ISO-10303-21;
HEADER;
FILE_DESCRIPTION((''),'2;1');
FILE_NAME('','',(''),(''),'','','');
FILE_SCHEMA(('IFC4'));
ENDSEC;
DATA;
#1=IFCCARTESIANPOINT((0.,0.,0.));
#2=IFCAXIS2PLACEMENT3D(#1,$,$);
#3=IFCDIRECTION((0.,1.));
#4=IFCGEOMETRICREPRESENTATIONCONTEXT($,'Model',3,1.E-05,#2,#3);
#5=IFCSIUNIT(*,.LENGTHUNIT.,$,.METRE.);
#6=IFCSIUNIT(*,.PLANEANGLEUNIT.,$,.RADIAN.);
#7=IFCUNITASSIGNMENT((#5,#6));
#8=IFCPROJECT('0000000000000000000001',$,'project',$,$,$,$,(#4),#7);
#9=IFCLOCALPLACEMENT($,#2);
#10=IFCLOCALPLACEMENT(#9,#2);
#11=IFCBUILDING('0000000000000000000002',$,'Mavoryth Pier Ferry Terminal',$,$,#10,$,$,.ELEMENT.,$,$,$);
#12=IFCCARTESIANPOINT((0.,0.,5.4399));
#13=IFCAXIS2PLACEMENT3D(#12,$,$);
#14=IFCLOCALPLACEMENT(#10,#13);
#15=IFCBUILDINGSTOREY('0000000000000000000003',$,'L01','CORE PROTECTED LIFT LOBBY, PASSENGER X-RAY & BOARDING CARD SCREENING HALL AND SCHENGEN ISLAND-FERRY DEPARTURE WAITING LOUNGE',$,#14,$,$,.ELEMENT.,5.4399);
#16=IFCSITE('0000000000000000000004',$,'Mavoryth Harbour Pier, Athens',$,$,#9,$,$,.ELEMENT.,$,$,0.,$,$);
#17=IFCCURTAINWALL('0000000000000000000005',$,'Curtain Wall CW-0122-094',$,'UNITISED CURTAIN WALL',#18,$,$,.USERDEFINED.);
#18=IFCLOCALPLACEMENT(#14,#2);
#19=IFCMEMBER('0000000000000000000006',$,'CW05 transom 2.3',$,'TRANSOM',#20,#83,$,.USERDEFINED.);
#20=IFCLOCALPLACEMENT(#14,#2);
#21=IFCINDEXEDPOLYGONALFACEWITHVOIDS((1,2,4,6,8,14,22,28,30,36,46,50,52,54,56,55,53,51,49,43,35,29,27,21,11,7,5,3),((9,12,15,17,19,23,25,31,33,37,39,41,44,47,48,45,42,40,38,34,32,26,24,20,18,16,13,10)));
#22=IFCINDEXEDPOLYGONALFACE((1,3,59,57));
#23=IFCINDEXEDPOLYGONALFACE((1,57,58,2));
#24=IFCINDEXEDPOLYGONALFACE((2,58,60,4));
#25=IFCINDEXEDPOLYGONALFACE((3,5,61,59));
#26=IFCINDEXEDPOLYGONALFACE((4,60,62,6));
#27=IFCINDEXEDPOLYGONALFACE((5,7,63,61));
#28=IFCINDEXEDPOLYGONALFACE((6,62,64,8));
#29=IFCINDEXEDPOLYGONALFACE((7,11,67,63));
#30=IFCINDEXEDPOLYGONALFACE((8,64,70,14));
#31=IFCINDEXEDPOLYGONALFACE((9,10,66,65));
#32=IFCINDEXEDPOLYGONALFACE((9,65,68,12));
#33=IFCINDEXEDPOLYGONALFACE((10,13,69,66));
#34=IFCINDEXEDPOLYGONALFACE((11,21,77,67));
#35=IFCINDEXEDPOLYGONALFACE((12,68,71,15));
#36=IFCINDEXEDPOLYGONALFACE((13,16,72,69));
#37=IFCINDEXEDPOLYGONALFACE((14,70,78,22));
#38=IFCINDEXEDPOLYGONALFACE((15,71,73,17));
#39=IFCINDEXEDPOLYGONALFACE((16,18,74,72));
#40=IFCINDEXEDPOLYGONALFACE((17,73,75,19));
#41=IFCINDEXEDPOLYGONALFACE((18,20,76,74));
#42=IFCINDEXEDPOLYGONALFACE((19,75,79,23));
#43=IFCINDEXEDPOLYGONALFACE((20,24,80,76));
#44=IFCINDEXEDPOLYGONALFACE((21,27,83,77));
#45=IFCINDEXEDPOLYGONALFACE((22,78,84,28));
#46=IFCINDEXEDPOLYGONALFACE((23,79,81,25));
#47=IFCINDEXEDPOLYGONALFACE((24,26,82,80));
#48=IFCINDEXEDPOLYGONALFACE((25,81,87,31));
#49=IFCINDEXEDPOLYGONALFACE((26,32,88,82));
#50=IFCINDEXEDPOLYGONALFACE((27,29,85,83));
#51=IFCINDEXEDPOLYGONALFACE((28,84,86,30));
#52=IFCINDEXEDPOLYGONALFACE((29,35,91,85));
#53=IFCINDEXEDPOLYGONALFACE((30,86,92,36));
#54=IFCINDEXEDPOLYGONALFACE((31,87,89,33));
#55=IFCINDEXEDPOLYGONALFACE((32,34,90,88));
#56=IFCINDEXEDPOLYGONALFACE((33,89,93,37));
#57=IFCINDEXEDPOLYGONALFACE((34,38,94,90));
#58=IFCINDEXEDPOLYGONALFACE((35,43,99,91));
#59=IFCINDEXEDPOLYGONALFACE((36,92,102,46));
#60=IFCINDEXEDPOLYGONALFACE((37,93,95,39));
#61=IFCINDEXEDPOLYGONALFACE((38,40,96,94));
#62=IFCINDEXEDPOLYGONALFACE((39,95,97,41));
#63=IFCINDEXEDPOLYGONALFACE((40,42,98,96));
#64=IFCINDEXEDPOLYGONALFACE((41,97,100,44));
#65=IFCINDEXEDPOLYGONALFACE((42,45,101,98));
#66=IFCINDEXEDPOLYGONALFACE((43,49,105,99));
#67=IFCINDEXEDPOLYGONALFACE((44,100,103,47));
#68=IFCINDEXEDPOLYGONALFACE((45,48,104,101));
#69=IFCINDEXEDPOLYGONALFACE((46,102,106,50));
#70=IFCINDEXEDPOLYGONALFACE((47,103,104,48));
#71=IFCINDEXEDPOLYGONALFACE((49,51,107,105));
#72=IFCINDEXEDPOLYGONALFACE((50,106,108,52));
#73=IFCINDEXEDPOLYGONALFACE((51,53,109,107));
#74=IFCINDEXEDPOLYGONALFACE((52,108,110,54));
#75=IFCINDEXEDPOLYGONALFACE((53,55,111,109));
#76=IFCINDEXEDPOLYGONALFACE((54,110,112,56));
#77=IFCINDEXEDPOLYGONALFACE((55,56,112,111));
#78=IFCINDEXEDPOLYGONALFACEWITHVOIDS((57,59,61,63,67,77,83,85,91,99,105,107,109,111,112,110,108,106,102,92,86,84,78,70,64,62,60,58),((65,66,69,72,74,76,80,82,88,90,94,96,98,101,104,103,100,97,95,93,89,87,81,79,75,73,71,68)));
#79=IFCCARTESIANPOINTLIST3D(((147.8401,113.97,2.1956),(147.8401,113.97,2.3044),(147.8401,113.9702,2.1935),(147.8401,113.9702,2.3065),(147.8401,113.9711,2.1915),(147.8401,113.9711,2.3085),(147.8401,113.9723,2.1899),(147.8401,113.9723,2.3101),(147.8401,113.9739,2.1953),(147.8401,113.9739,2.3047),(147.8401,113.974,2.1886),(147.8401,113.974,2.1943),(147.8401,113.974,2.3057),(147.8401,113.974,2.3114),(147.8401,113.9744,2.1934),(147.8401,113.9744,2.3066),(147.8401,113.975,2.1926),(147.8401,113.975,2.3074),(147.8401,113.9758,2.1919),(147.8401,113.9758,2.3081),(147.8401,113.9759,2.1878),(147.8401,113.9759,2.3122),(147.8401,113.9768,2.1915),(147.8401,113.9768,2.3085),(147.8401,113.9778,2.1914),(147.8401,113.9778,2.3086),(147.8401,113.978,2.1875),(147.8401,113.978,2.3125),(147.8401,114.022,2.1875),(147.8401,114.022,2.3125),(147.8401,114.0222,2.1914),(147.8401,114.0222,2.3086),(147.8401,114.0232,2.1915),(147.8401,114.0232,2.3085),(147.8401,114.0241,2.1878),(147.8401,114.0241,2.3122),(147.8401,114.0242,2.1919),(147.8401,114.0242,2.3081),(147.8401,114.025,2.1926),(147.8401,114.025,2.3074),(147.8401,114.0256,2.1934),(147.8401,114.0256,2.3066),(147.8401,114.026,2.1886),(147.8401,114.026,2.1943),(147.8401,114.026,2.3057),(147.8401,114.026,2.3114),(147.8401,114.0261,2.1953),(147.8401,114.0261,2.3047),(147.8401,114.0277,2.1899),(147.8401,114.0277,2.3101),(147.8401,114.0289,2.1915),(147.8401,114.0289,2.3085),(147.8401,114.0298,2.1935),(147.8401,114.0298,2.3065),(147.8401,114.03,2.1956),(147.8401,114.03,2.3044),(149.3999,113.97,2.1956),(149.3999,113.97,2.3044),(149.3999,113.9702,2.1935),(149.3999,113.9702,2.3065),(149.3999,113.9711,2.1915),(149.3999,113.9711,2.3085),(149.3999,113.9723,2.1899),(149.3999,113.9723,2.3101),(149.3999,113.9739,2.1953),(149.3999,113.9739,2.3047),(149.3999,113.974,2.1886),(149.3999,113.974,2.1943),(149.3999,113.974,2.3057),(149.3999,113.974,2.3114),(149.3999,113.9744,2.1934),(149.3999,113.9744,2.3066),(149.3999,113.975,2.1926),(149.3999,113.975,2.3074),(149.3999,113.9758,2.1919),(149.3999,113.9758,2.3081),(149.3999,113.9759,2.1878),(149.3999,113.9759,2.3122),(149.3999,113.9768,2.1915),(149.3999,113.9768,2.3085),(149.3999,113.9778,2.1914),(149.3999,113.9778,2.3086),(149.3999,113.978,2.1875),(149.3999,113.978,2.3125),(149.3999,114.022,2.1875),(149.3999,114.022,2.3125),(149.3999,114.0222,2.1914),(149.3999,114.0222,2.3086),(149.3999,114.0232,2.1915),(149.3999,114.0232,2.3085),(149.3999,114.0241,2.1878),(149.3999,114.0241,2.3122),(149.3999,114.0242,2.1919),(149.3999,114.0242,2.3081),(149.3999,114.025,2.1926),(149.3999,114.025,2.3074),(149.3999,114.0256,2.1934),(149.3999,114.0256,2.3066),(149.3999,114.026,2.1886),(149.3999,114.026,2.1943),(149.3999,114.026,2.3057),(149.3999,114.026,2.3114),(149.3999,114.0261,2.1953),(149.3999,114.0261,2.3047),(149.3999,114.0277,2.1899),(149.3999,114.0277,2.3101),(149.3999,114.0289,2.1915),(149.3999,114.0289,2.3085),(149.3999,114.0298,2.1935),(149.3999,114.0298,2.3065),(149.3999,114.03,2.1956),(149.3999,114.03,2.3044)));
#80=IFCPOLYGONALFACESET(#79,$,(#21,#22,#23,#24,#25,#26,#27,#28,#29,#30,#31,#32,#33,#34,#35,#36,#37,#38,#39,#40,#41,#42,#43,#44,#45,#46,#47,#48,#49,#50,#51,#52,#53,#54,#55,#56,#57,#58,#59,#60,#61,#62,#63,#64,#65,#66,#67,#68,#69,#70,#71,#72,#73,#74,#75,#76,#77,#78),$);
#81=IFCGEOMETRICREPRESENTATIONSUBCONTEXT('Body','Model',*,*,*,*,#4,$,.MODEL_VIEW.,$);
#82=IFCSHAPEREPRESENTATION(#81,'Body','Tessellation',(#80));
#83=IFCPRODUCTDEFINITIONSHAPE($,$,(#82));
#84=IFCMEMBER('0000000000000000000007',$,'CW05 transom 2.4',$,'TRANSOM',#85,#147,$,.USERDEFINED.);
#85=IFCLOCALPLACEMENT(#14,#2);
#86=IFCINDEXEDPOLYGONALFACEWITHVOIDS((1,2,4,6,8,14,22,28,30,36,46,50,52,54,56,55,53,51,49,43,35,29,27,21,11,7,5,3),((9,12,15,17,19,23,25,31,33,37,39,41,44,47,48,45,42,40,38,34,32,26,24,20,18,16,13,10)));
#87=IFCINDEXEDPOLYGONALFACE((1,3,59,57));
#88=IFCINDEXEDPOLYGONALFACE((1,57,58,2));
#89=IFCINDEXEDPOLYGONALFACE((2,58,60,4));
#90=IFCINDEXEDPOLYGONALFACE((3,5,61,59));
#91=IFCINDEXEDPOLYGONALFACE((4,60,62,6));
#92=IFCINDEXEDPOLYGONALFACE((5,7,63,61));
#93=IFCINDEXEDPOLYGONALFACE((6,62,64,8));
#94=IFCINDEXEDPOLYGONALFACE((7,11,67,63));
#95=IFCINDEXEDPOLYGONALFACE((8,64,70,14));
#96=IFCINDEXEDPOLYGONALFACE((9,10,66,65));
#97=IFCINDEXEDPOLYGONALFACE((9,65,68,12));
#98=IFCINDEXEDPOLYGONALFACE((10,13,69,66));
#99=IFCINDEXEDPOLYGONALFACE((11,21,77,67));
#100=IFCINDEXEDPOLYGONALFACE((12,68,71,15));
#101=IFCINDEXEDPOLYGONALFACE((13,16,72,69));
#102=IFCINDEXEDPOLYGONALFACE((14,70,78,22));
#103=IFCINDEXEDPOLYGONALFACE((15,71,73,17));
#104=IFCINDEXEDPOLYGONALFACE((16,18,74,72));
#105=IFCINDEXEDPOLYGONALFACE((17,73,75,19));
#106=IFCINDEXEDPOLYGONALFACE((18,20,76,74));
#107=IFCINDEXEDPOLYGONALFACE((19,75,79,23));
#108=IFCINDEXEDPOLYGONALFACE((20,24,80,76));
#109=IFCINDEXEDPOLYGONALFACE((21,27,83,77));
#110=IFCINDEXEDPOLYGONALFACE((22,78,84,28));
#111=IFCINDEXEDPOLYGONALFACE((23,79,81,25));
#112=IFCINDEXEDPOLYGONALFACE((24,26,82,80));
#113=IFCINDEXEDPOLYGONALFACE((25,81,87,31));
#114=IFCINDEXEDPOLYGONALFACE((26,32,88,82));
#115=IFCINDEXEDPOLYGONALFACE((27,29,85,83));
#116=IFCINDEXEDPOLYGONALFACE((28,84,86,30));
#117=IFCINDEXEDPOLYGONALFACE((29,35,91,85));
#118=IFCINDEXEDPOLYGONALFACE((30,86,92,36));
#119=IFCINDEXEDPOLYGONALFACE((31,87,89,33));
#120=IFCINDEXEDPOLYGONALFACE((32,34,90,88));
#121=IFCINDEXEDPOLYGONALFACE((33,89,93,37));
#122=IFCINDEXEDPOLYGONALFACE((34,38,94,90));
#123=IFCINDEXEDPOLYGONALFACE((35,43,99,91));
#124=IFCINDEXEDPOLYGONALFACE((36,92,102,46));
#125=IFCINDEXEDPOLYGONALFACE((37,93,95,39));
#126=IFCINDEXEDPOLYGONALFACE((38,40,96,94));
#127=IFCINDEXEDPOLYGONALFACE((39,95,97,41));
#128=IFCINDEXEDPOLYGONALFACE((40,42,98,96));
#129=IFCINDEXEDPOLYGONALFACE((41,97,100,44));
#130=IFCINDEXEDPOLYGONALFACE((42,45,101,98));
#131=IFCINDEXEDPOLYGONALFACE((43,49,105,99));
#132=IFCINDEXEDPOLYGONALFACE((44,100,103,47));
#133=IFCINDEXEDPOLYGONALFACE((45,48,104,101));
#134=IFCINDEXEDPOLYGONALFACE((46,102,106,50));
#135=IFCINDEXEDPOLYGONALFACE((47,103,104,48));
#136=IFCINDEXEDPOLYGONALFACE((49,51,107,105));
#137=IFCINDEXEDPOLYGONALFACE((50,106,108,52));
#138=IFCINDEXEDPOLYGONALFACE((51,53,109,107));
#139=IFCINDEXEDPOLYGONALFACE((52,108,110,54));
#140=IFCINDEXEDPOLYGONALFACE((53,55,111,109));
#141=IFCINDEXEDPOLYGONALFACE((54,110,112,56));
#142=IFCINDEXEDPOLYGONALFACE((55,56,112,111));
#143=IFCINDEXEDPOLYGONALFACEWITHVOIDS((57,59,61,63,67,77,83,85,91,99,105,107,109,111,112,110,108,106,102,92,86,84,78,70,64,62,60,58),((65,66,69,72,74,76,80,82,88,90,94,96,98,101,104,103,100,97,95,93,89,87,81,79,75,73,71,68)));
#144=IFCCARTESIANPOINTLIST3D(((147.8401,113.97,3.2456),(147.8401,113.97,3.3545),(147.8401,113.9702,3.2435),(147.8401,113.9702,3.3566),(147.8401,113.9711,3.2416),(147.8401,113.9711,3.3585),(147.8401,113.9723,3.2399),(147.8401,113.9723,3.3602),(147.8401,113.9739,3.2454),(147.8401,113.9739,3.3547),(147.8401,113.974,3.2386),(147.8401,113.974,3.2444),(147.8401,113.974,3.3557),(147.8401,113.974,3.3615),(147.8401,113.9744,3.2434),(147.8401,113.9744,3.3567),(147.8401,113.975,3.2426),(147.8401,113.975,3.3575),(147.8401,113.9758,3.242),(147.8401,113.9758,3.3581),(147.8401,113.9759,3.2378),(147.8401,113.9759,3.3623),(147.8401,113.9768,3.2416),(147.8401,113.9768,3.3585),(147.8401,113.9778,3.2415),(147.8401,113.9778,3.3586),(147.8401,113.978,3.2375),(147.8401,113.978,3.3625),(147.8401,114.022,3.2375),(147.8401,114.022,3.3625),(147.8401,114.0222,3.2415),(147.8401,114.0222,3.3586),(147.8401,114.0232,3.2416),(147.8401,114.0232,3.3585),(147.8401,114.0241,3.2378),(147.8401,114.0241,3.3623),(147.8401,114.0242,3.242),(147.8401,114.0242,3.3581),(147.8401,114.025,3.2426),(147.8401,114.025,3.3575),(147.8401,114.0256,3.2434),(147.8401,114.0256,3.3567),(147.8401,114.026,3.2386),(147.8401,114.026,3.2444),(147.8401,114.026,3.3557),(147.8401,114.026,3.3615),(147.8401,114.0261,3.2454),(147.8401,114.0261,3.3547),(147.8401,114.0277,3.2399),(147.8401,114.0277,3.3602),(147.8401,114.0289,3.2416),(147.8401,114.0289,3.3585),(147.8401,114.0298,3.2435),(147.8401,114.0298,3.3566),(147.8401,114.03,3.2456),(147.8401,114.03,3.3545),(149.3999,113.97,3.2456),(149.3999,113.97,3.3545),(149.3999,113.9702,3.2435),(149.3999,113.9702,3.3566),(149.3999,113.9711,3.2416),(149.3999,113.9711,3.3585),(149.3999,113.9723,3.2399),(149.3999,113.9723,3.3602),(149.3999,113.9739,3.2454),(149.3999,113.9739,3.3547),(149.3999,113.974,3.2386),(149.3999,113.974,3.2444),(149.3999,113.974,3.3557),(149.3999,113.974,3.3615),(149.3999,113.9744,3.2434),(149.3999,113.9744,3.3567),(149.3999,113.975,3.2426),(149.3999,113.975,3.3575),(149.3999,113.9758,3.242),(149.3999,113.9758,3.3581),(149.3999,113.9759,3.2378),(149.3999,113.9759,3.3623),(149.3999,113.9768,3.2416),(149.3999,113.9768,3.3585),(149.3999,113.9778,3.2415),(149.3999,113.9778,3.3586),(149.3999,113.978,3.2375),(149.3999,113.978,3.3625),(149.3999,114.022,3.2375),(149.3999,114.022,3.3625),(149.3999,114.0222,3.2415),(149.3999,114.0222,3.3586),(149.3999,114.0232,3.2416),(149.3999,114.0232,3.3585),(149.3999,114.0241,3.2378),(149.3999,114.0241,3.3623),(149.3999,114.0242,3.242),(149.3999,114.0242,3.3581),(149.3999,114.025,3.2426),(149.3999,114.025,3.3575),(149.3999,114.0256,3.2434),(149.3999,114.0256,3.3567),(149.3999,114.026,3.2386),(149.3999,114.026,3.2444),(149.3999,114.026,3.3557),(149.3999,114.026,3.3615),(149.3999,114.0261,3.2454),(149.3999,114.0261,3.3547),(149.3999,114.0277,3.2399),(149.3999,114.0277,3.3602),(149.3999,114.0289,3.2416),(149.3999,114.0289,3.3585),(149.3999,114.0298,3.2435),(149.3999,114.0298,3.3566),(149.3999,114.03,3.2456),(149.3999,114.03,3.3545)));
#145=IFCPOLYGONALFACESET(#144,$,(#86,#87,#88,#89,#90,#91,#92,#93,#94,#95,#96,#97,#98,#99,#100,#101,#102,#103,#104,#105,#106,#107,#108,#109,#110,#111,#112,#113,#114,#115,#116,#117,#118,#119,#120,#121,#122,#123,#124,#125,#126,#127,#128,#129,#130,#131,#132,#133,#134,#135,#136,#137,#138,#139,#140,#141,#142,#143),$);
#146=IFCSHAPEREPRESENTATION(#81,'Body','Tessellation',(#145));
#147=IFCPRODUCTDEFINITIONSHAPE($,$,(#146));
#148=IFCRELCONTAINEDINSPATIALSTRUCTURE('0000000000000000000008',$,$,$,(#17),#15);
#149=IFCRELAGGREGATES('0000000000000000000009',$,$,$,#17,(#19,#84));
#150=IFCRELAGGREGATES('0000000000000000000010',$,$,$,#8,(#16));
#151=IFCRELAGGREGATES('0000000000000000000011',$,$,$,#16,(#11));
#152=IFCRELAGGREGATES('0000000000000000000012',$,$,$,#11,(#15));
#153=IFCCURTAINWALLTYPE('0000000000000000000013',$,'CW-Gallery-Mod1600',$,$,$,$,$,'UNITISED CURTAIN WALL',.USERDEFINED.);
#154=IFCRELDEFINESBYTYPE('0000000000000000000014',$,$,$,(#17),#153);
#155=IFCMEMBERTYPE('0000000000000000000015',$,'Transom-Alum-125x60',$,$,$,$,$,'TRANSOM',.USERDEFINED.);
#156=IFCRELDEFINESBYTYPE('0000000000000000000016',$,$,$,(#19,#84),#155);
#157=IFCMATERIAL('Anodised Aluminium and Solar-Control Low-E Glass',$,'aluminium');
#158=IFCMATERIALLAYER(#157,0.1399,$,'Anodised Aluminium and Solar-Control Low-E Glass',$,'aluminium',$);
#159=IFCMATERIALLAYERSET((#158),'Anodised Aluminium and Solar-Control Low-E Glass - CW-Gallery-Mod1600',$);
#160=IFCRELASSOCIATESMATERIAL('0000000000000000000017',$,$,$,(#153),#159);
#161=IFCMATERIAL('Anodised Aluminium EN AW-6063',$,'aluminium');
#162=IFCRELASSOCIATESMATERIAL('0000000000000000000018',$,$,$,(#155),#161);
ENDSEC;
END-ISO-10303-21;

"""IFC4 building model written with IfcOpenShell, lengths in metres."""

from ifc_helpers import new_model, si_unit, direction, frame, origin, origin_2d, place, context, subcontext, project, spatial, hollow_rectangle, extrude, material, layer, layer_set, material_profile, profile_set, type_object, element, aggregate, save


model = new_model("IFC4")

# Units and contexts
model_context = context("Model", 3, precision=1e-05, world=origin(), true_north=direction((0.0, 1.0)))
body_context = subcontext(model_context, "Body", "Model", "MODEL_VIEW")
ifc_project = project(units=[si_unit("LENGTHUNIT", "METRE"), si_unit("PLANEANGLEUNIT", "RADIAN")], contexts=[model_context])

# Site, building, storey
site_placement = place(None, origin())
site = spatial("IfcSite", under=ifc_project, at=site_placement, Name="Mavoryth Harbour Pier, Athens", CompositionType="ELEMENT", RefElevation=0.0)
building_placement = place(site_placement, origin())
building = spatial("IfcBuilding", under=site, at=building_placement, Name="Mavoryth Pier Ferry Terminal", CompositionType="ELEMENT")
storey_placement = place(building_placement, frame((0.0, 0.0, 5.4399)))
storey = spatial("IfcBuildingStorey", under=building, at=storey_placement, Name="L01", Description="CORE PROTECTED LIFT LOBBY, PASSENGER X-RAY & BOARDING CARD SCREENING HALL AND SCHENGEN ISLAND-FERRY DEPARTURE WAITING LOUNGE", CompositionType="ELEMENT", Elevation=5.4399)

# Curtain wall
ifc_material_1 = material(Name="Anodised Aluminium and Solar-Control Low-E Glass", Category="aluminium")
ifc_layer_1 = layer(ifc_material_1, 0.1399, Name="Anodised Aluminium and Solar-Control Low-E Glass", Category="aluminium")
ifc_layer_set_1 = layer_set([ifc_layer_1], Name="Anodised Aluminium and Solar-Control Low-E Glass - CW-Gallery-Mod1600")
curtain_wall_type = type_object("IfcCurtainWallType", Name="CW-Gallery-Mod1600", ElementType="UNITISED CURTAIN WALL", PredefinedType="USERDEFINED", material=ifc_layer_set_1)
curtain_wall_1_placement = place(storey_placement, origin())
curtain_wall_1 = element("IfcCurtainWall", 1, at=curtain_wall_1_placement, inside=storey, type_object=curtain_wall_type, Name="Curtain Wall CW-0122-094", ObjectType="UNITISED CURTAIN WALL", PredefinedType="USERDEFINED")
ifc_material_2 = material(Name="Anodised Aluminium EN AW-6063", Category="aluminium")

# Members
ifc_material_profile_1 = material_profile(ifc_material_2, hollow_rectangle(XDim=0.0601, YDim=0.125, WallThickness=0.0039, InnerFilletRadius=0.0039, OuterFilletRadius=0.0081, at=origin_2d()), Name="AL-TRAN 125x60x4", Category="aluminium")
ifc_profile_set_1 = profile_set([ifc_material_profile_1], Name="Anodised Aluminium EN AW-6063 - AL-TRAN 125x60x4")
member_type_1 = type_object("IfcMemberType", Name="Transom-Alum-125x60", ElementType="TRANSOM", PredefinedType="USERDEFINED", material=ifc_profile_set_1)
member_1_placement = place(storey_placement, frame((149.3999, 114.0, 2.25), z_axis=(-1.0, 0.0, 0.0), x_axis=(0.0, -1.0, 0.0)))
member_1 = element("IfcMember", 2, at=member_1_placement, type_object=member_type_1, Name="CW05 transom 2.3", ObjectType="TRANSOM", PredefinedType="USERDEFINED", context=body_context, shape_type="SweptSolid", body=[
    extrude(hollow_rectangle(XDim=0.0601, YDim=0.125, WallThickness=0.0039, InnerFilletRadius=0.0039, OuterFilletRadius=0.0081, at=origin_2d()), origin(), (0.0, 0.0, 1.0), 1.5598),
])
member_2_placement = place(storey_placement, frame((149.3999, 114.0, 3.3), z_axis=(-1.0, 0.0, 0.0), x_axis=(0.0, -1.0, 0.0)))
member_2 = element("IfcMember", 3, at=member_2_placement, type_object=member_type_1, Name="CW05 transom 2.4", ObjectType="TRANSOM", PredefinedType="USERDEFINED", context=body_context, shape_type="SweptSolid", body=[
    extrude(hollow_rectangle(XDim=0.0601, YDim=0.125, WallThickness=0.0039, InnerFilletRadius=0.0039, OuterFilletRadius=0.0081, at=origin_2d()), origin(), (0.0, 0.0, 1.0), 1.5598),
])

aggregate(curtain_wall_1, [member_1, member_2])

save(model, "model.ifc")
